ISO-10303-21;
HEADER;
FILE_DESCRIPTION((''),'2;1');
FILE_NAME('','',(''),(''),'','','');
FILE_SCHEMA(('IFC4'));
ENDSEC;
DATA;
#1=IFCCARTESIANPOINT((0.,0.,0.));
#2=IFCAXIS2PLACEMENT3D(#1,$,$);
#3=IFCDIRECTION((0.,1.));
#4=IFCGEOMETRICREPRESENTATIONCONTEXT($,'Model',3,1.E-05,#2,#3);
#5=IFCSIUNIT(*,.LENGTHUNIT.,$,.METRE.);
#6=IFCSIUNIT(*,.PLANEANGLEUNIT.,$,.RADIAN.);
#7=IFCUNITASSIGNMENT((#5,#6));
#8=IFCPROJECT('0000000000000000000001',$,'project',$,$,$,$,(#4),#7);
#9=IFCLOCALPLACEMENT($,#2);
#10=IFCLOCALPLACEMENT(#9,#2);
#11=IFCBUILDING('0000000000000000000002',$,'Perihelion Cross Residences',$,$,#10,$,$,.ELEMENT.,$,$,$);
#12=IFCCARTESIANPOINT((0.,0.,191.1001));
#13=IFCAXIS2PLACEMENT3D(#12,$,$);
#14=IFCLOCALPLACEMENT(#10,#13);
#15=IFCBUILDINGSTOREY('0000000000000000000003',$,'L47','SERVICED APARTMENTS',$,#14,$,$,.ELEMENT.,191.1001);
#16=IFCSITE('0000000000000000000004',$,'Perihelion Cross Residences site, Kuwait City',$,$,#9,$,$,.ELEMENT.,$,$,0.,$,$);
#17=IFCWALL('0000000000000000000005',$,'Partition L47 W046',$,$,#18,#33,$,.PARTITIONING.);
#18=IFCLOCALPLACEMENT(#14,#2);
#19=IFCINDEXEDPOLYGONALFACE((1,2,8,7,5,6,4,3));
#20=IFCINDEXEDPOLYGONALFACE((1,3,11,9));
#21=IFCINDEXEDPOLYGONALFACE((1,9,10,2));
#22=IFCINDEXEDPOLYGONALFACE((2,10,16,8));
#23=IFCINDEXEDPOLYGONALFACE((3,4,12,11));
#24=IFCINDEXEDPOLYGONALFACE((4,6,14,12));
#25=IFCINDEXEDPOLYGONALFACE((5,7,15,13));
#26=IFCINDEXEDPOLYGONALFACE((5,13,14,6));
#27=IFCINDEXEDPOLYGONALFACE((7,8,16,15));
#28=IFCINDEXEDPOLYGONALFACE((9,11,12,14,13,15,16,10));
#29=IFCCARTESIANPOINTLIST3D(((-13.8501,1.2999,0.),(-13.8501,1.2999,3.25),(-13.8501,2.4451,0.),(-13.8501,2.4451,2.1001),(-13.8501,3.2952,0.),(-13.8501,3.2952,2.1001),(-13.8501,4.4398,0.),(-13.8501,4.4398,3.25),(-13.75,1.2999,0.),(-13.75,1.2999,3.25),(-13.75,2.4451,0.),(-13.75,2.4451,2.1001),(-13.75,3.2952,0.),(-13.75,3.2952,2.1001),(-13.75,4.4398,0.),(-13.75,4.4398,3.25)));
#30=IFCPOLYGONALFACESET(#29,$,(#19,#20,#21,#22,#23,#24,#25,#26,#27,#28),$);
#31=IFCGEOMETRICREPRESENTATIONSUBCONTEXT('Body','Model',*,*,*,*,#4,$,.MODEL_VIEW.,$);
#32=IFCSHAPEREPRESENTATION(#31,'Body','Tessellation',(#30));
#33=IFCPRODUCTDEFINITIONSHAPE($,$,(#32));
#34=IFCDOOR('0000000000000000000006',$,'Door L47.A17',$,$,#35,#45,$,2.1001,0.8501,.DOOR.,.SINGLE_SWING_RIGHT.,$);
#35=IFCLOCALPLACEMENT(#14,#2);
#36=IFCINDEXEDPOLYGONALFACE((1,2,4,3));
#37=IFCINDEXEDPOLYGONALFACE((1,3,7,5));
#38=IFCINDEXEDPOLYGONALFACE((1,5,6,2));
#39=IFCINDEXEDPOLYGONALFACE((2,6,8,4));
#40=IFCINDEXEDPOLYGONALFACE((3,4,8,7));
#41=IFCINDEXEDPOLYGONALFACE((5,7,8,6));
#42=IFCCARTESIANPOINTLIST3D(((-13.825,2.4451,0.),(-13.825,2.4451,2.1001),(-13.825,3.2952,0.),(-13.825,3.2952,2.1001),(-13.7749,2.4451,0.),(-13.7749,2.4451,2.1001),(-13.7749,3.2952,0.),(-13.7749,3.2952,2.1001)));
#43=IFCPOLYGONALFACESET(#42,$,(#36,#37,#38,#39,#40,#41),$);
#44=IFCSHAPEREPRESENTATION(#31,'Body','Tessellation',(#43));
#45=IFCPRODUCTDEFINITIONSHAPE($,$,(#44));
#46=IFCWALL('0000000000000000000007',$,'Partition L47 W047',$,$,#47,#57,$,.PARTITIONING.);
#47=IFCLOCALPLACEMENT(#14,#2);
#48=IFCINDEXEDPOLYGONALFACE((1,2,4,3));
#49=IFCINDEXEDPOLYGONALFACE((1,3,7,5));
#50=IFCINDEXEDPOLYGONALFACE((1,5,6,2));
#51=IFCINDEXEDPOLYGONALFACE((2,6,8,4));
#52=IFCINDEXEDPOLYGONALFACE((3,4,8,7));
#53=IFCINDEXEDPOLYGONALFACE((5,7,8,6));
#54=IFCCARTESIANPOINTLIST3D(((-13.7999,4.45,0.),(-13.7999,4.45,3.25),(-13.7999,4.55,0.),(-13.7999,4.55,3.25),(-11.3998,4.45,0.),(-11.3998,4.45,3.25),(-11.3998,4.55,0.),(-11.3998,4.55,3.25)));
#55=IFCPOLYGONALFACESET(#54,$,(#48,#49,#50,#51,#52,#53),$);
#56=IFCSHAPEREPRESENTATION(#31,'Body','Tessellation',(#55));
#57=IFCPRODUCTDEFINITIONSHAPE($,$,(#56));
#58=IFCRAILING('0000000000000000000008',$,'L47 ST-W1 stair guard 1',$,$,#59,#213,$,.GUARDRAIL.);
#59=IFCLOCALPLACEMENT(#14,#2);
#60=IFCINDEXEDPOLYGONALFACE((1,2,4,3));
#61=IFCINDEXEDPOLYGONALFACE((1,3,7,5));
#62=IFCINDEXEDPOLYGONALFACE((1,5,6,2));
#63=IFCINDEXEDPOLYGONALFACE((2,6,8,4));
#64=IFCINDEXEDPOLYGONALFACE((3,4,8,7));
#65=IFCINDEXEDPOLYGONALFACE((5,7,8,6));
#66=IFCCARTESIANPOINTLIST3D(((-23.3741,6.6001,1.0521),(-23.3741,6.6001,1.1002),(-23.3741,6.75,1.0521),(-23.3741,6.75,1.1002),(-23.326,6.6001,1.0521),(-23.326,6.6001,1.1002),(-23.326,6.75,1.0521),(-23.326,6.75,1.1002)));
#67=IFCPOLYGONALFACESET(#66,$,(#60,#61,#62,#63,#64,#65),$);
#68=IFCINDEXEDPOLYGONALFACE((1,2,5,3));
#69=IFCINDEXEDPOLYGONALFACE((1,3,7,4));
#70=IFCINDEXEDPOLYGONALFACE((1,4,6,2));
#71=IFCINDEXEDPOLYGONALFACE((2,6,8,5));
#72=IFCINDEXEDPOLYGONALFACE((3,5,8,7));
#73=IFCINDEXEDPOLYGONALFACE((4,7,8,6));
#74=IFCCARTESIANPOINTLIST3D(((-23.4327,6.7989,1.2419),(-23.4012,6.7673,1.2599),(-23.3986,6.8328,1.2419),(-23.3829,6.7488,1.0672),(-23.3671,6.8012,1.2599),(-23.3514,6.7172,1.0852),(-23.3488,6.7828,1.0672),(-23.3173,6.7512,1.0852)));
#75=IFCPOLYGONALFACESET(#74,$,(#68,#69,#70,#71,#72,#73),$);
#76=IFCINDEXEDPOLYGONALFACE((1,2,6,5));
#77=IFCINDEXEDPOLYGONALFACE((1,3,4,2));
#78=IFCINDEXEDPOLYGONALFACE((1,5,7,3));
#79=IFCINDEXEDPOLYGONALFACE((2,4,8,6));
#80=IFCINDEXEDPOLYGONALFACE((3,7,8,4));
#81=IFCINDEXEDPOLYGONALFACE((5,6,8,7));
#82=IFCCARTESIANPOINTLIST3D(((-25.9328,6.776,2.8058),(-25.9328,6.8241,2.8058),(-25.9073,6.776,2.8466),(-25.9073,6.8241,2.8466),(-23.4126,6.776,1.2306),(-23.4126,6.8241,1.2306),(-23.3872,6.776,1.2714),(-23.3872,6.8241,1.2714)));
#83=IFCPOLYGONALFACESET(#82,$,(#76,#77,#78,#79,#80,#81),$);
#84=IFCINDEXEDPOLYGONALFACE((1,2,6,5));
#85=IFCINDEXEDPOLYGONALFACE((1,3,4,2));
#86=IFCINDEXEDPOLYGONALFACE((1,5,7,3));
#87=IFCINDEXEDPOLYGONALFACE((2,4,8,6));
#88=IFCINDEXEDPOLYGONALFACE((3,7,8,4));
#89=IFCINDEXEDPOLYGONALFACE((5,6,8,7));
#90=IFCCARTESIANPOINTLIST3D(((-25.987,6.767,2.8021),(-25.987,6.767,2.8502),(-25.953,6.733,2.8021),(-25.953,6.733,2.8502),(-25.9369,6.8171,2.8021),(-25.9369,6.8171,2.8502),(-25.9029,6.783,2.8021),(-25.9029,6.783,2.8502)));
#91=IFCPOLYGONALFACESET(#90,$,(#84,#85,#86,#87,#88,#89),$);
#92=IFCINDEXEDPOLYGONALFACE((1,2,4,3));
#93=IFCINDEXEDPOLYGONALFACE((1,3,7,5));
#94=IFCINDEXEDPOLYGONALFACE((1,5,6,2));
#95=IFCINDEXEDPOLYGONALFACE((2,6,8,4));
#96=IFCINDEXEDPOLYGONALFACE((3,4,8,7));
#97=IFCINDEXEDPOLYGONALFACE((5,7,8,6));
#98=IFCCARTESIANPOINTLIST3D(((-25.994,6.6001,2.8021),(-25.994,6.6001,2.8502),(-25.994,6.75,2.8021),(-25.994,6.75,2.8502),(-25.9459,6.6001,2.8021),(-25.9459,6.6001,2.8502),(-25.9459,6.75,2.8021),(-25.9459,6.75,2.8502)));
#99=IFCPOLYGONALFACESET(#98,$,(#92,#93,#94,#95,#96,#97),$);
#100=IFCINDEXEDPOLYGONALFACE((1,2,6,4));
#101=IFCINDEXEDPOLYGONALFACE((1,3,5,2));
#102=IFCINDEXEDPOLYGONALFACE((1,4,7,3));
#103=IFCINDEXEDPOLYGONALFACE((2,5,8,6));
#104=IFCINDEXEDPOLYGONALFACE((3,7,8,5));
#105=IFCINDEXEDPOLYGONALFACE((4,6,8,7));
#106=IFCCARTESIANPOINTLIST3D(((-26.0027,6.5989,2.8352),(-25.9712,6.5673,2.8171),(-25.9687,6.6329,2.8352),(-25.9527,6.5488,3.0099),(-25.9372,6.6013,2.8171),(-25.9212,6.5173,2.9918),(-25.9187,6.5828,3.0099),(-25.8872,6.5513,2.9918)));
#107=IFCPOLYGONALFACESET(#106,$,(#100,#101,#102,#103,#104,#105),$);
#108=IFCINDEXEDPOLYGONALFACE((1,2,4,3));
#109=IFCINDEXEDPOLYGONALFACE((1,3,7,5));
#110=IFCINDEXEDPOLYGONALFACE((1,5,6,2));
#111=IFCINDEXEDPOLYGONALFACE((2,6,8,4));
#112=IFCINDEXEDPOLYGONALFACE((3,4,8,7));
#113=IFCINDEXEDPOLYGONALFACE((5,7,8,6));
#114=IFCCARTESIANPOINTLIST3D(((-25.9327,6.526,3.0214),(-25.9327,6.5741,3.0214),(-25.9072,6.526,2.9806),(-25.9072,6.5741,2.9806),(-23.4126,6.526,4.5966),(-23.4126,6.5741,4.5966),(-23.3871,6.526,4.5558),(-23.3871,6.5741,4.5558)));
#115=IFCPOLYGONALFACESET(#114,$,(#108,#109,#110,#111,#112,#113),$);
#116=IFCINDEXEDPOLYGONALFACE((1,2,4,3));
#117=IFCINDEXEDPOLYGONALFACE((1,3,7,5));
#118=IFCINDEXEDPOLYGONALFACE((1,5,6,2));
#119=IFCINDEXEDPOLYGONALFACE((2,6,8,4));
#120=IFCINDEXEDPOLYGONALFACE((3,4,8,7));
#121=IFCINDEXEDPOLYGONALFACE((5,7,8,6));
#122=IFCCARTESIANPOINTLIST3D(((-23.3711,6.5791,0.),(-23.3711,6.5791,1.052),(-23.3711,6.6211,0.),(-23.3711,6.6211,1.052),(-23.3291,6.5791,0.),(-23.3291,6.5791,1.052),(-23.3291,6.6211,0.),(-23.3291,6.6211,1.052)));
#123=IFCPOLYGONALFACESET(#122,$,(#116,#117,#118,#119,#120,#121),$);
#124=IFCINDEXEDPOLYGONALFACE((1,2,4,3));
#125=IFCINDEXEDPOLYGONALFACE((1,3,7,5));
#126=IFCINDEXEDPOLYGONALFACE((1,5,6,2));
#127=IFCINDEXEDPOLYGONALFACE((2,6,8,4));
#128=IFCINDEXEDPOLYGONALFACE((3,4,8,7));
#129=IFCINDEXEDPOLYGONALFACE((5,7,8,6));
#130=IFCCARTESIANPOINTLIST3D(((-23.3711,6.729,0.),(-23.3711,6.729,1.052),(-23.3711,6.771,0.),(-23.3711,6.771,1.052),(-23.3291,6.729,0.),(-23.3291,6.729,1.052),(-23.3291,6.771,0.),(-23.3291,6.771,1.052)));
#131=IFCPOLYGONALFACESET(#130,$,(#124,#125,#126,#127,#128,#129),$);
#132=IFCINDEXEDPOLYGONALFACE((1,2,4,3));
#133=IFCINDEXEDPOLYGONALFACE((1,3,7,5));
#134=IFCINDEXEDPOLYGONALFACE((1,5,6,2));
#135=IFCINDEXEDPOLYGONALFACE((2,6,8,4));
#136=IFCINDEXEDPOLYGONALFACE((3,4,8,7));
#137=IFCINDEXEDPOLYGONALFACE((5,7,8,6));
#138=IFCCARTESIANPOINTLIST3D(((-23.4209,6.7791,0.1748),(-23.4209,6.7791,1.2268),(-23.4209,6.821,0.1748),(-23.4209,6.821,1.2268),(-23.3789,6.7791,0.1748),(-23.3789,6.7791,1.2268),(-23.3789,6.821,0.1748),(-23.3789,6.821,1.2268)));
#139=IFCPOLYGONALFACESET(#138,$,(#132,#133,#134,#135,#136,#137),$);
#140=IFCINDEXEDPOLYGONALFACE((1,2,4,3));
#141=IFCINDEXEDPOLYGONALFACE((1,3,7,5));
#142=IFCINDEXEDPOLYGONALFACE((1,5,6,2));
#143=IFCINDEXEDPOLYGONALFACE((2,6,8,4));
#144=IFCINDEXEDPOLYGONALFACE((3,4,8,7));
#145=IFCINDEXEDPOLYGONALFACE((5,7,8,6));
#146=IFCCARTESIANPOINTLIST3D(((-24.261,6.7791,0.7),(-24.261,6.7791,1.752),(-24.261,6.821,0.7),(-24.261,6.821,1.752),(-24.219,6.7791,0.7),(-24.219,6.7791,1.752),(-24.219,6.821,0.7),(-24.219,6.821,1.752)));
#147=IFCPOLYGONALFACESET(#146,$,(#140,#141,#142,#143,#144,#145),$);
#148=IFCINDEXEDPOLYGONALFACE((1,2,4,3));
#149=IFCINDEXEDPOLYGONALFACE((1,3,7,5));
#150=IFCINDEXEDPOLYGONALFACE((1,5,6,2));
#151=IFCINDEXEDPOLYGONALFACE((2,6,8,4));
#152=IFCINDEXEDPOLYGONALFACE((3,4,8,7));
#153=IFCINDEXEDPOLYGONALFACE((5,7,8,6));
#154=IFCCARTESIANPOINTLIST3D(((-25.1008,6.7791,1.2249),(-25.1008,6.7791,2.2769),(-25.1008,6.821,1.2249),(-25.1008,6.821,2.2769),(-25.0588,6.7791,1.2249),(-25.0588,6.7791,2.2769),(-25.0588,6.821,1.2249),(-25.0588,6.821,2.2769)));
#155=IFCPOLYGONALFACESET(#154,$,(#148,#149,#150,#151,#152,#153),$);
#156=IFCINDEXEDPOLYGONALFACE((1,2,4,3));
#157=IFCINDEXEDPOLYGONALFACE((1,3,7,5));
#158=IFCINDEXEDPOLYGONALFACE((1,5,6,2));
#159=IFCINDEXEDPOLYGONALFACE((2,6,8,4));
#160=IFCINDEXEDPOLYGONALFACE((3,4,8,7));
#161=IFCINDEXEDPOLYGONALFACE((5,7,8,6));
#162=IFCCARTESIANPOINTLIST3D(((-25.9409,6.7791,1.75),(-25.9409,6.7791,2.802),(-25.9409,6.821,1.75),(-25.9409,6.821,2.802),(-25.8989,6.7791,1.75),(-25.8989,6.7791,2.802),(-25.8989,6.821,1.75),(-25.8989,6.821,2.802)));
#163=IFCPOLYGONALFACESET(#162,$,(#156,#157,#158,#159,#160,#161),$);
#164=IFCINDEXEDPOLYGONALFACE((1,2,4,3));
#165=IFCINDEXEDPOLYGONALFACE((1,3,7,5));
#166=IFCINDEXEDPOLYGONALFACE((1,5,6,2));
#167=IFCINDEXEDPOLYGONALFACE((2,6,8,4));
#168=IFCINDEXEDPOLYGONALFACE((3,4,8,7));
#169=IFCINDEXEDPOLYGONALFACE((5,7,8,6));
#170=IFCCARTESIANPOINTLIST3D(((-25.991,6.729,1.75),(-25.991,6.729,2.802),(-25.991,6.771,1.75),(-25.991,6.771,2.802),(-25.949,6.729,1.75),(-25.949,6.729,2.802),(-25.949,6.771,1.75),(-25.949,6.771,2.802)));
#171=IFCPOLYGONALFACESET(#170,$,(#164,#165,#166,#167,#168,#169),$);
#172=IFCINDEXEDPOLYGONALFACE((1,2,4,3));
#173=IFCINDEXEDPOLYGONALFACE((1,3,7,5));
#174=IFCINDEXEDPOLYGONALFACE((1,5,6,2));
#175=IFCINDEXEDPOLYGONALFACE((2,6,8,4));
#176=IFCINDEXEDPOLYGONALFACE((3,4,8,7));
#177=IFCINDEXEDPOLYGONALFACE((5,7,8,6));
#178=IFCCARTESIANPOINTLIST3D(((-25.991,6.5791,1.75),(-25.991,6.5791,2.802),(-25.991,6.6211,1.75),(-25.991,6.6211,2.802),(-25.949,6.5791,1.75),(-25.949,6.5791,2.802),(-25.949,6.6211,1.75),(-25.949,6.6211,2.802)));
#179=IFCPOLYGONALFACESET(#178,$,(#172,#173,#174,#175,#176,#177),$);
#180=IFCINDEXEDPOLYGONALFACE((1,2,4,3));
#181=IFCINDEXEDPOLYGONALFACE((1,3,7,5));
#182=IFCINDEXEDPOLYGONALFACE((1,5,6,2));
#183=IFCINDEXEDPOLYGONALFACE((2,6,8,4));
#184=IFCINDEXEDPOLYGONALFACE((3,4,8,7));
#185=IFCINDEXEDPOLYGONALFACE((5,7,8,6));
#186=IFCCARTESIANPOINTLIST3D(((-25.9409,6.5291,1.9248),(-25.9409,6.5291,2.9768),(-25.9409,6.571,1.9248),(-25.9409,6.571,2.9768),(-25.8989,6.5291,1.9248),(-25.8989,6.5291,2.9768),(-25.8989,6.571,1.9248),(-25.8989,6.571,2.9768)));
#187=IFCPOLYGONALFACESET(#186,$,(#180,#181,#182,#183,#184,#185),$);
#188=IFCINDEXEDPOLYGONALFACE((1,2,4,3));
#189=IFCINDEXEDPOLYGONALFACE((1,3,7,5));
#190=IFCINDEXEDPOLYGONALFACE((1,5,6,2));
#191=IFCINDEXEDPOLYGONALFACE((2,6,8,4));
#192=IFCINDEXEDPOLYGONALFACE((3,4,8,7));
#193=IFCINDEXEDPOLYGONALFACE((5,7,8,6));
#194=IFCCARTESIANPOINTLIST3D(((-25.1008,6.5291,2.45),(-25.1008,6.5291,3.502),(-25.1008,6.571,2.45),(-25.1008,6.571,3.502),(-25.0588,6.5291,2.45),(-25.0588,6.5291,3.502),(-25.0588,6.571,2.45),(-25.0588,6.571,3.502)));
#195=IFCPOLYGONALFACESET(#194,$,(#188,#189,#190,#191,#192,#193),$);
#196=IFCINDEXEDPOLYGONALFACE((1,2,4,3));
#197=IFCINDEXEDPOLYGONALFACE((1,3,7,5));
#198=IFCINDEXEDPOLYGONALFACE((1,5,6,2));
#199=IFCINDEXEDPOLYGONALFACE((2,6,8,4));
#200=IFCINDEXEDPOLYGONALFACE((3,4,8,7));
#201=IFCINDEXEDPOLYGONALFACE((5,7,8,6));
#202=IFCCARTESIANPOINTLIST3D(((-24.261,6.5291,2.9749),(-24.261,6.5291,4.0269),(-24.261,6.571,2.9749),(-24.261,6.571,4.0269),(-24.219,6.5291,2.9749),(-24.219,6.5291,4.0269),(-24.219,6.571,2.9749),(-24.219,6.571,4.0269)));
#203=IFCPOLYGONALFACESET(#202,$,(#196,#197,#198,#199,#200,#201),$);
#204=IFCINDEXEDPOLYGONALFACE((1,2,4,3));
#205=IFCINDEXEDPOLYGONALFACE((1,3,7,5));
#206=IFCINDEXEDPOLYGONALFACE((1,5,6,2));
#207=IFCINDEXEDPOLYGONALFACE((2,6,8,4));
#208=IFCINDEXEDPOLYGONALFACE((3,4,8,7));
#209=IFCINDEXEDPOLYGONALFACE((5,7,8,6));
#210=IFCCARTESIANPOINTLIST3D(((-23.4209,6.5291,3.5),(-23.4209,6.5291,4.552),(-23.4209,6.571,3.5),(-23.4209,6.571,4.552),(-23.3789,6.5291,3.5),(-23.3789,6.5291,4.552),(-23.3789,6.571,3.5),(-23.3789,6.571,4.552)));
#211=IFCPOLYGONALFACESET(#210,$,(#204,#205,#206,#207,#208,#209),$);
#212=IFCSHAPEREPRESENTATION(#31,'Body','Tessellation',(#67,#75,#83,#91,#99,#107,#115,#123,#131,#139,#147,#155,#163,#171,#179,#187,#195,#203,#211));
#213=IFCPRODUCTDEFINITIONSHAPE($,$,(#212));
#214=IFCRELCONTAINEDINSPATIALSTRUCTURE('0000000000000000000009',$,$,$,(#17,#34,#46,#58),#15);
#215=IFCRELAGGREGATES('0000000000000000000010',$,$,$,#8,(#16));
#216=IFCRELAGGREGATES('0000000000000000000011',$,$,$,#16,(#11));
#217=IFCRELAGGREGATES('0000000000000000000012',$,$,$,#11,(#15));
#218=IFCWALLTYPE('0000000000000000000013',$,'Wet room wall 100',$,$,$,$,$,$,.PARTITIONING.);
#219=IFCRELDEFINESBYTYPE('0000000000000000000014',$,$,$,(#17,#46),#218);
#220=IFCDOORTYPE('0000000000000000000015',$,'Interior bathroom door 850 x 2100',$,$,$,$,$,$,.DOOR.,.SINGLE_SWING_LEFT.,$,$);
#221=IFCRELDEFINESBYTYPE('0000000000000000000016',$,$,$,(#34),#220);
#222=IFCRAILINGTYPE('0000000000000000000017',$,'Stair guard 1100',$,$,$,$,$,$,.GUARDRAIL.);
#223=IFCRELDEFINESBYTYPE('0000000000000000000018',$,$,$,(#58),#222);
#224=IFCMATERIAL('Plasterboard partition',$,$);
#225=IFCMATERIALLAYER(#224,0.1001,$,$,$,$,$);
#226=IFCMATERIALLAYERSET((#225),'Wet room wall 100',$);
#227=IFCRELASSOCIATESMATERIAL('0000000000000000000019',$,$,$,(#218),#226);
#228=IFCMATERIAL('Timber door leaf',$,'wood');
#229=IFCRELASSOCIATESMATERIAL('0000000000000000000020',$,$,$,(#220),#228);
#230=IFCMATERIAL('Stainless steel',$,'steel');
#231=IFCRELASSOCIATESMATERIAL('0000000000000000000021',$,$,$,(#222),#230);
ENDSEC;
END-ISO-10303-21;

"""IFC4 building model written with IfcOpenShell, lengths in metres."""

from ifc_helpers import new_model, si_unit, direction, frame, frame_2d, origin, origin_2d, place, context, subcontext, project, spatial, rectangle, extrude, material, layer, layer_set, type_object, element, fill, save


model = new_model("IFC4")

# Units and contexts
model_context = context("Model", 3, precision=1e-05, world=origin(), true_north=direction((0.0, 1.0)))
body_context = subcontext(model_context, "Body", "Model", "MODEL_VIEW")
ifc_project = project(units=[si_unit("LENGTHUNIT", "METRE"), si_unit("PLANEANGLEUNIT", "RADIAN")], contexts=[model_context])

# Site, building, storey
site_placement = place(None, origin())
site = spatial("IfcSite", under=ifc_project, at=site_placement, Name="Perihelion Cross Residences site, Kuwait City", CompositionType="ELEMENT", RefElevation=0.0)
building_placement = place(site_placement, origin())
building = spatial("IfcBuilding", under=site, at=building_placement, Name="Perihelion Cross Residences", CompositionType="ELEMENT")
storey_placement = place(building_placement, frame((0.0, 0.0, 191.1001)))
storey = spatial("IfcBuildingStorey", under=building, at=storey_placement, Name="L47", Description="SERVICED APARTMENTS", CompositionType="ELEMENT", Elevation=191.1001)

# Shared definitions
ifc_material_1 = material(Name="Plasterboard partition")
ifc_layer_1 = layer(ifc_material_1, 0.1001)
ifc_layer_set_1 = layer_set([ifc_layer_1], Name="Wet room wall 100")
wall_type_1 = type_object("IfcWallType", Name="Wet room wall 100", PredefinedType="PARTITIONING", material=ifc_layer_set_1)

# Wall, opening, door
wall_1_placement = place(storey_placement, frame((-13.8, 1.3, 0.0), z_axis=(0.0, 0.0, 1.0), x_axis=(0.0, 1.0, 0.0)))
wall_1 = element("IfcWall", 1, at=wall_1_placement, inside=storey, type_object=wall_type_1, Name="Partition L47 W046", PredefinedType="PARTITIONING", context=body_context, shape_type="SweptSolid", body=[
    extrude(rectangle(XDim=3.1399, YDim=0.1001, at=frame_2d((1.5698, 0.0))), origin(), (0.0, 0.0, 1.0), 3.25),
])
opening_1_placement = place(wall_1_placement, frame((1.145, 0.0, 0.0)))
opening_1 = element("IfcOpeningElement", 2, at=opening_1_placement, cuts=wall_1, PredefinedType="OPENING", context=body_context, shape_type="SweptSolid", body=[
    extrude(rectangle(XDim=0.8501, YDim=2.1001, at=frame_2d((0.425, 1.05))), frame((0.0, 0.0601, 0.0), z_axis=(0.0, -1.0, 0.0), x_axis=(1.0, 0.0, 0.0)), (0.0, 0.0, 1.0), 0.1201),
])
ifc_material_2 = material(Name="Timber door leaf", Category="wood")
door_type_1 = type_object("IfcDoorType", Name="Interior bathroom door 850 x 2100", OperationType="SINGLE_SWING_LEFT", PredefinedType="DOOR", material=ifc_material_2)
door_1_placement = place(opening_1_placement, origin())
door_1 = element("IfcDoor", 3, at=door_1_placement, inside=storey, type_object=door_type_1, Name="Door L47.A17", OperationType="SINGLE_SWING_RIGHT", OverallHeight=2.1001, OverallWidth=0.8501, PredefinedType="DOOR", context=body_context, shape_type="SweptSolid", body=[
    extrude(rectangle(XDim=0.8501, YDim=2.1001, at=frame_2d((0.425, 1.05))), frame((0.0, 0.0249, 0.0), z_axis=(0.0, -1.0, 0.0), x_axis=(1.0, 0.0, 0.0)), (0.0, 0.0, 1.0), 0.05),
])
fill(opening_1, door_1)

# Wall
wall_2_placement = place(storey_placement, frame((-13.8, 4.5, 0.0), z_axis=(0.0, 0.0, 1.0), x_axis=(1.0, 0.0, 0.0)))
element("IfcWall", 4, at=wall_2_placement, inside=storey, type_object=wall_type_1, Name="Partition L47 W047", PredefinedType="PARTITIONING", context=body_context, shape_type="SweptSolid", body=[
    extrude(rectangle(XDim=2.4001, YDim=0.1001, at=frame_2d((1.2002, 0.0))), origin(), (0.0, 0.0, 1.0), 3.25),
])

# Railing
ifc_material_3 = material(Name="Stainless steel", Category="steel")
railing_type_1 = type_object("IfcRailingType", Name="Stair guard 1100", PredefinedType="GUARDRAIL", material=ifc_material_3)
railing_1_placement = place(storey_placement, frame((-23.3501, 6.6001, 0.0)))
element("IfcRailing", 5, at=railing_1_placement, inside=storey, type_object=railing_type_1, Name="L47 ST-W1 stair guard 1", PredefinedType="GUARDRAIL", context=body_context, shape_type="SweptSolid", body=[
    extrude(rectangle(XDim=0.0481, YDim=0.0481, at=origin_2d()), frame((0.0, 0.0, 1.0762), z_axis=(0.0, 1.0, 0.0), x_axis=(-1.0, 0.0, 0.0)), (0.0, 0.0, 1.0), 0.1499),
    extrude(rectangle(XDim=0.0481, YDim=0.0481, at=origin_2d()), frame((0.0, 0.1499, 1.0762), z_axis=(-0.264179, 0.265474, 0.927218), x_axis=(-0.708834, -0.705376, 0.0)), (0.0, 0.0, 1.0), 0.1885),
    extrude(rectangle(XDim=0.0481, YDim=0.0481, at=origin_2d()), frame((-0.0498, 0.2, 1.251), z_axis=(-0.847971, 0.0, 0.530043), x_axis=(0.0, -1.0, 0.0)), (0.0, 0.0, 1.0), 2.9719),
    extrude(rectangle(XDim=0.0481, YDim=0.0481, at=origin_2d()), frame((-2.5698, 0.2, 2.8262), z_axis=(-0.707107, -0.707107, 0.0), x_axis=(0.707107, -0.707107, 0.0)), (0.0, 0.0, 1.0), 0.0708),
    extrude(rectangle(XDim=0.0481, YDim=0.0481, at=origin_2d()), frame((-2.6199, 0.1499, 2.8262), z_axis=(0.0, -1.0, 0.0), x_axis=(1.0, 0.0, 0.0)), (0.0, 0.0, 1.0), 0.1499),
    extrude(rectangle(XDim=0.0481, YDim=0.0481, at=origin_2d()), frame((-2.6199, 0.0, 2.8262), z_axis=(0.265383, -0.265383, 0.9269), x_axis=(0.707107, 0.707107, 0.0)), (0.0, 0.0, 1.0), 0.1885),
    extrude(rectangle(XDim=0.0481, YDim=0.0481, at=origin_2d()), frame((-2.5698, -0.05, 3.001), z_axis=(0.847971, 0.0, 0.530043), x_axis=(0.0, 1.0, 0.0)), (0.0, 0.0, 1.0), 2.9719),
    extrude(rectangle(XDim=0.042, YDim=0.042, at=origin_2d()), origin(), (0.0, 0.0, 1.0), 1.052),
    extrude(rectangle(XDim=0.042, YDim=0.042, at=origin_2d()), frame((0.0, 0.1499, 0.0)), (0.0, 0.0, 1.0), 1.052),
    extrude(rectangle(XDim=0.042, YDim=0.042, at=origin_2d()), frame((-0.0498, 0.2, 0.1748)), (0.0, 0.0, 1.0), 1.052),
    extrude(rectangle(XDim=0.042, YDim=0.042, at=origin_2d()), frame((-0.8899, 0.2, 0.7)), (0.0, 0.0, 1.0), 1.052),
    extrude(rectangle(XDim=0.042, YDim=0.042, at=origin_2d()), frame((-1.7297, 0.2, 1.2249)), (0.0, 0.0, 1.0), 1.052),
    extrude(rectangle(XDim=0.042, YDim=0.042, at=origin_2d()), frame((-2.5698, 0.2, 1.75)), (0.0, 0.0, 1.0), 1.052),
    extrude(rectangle(XDim=0.042, YDim=0.042, at=origin_2d()), frame((-2.6199, 0.1499, 1.75)), (0.0, 0.0, 1.0), 1.052),
    extrude(rectangle(XDim=0.042, YDim=0.042, at=origin_2d()), frame((-2.6199, 0.0, 1.75)), (0.0, 0.0, 1.0), 1.052),
    extrude(rectangle(XDim=0.042, YDim=0.042, at=origin_2d()), frame((-2.5698, -0.05, 1.9248)), (0.0, 0.0, 1.0), 1.052),
    extrude(rectangle(XDim=0.042, YDim=0.042, at=origin_2d()), frame((-1.7297, -0.05, 2.45)), (0.0, 0.0, 1.0), 1.052),
    extrude(rectangle(XDim=0.042, YDim=0.042, at=origin_2d()), frame((-0.8899, -0.05, 2.9749)), (0.0, 0.0, 1.0), 1.052),
    extrude(rectangle(XDim=0.042, YDim=0.042, at=origin_2d()), frame((-0.0498, -0.05, 3.5)), (0.0, 0.0, 1.0), 1.052),
])

save(model, "model.ifc")
